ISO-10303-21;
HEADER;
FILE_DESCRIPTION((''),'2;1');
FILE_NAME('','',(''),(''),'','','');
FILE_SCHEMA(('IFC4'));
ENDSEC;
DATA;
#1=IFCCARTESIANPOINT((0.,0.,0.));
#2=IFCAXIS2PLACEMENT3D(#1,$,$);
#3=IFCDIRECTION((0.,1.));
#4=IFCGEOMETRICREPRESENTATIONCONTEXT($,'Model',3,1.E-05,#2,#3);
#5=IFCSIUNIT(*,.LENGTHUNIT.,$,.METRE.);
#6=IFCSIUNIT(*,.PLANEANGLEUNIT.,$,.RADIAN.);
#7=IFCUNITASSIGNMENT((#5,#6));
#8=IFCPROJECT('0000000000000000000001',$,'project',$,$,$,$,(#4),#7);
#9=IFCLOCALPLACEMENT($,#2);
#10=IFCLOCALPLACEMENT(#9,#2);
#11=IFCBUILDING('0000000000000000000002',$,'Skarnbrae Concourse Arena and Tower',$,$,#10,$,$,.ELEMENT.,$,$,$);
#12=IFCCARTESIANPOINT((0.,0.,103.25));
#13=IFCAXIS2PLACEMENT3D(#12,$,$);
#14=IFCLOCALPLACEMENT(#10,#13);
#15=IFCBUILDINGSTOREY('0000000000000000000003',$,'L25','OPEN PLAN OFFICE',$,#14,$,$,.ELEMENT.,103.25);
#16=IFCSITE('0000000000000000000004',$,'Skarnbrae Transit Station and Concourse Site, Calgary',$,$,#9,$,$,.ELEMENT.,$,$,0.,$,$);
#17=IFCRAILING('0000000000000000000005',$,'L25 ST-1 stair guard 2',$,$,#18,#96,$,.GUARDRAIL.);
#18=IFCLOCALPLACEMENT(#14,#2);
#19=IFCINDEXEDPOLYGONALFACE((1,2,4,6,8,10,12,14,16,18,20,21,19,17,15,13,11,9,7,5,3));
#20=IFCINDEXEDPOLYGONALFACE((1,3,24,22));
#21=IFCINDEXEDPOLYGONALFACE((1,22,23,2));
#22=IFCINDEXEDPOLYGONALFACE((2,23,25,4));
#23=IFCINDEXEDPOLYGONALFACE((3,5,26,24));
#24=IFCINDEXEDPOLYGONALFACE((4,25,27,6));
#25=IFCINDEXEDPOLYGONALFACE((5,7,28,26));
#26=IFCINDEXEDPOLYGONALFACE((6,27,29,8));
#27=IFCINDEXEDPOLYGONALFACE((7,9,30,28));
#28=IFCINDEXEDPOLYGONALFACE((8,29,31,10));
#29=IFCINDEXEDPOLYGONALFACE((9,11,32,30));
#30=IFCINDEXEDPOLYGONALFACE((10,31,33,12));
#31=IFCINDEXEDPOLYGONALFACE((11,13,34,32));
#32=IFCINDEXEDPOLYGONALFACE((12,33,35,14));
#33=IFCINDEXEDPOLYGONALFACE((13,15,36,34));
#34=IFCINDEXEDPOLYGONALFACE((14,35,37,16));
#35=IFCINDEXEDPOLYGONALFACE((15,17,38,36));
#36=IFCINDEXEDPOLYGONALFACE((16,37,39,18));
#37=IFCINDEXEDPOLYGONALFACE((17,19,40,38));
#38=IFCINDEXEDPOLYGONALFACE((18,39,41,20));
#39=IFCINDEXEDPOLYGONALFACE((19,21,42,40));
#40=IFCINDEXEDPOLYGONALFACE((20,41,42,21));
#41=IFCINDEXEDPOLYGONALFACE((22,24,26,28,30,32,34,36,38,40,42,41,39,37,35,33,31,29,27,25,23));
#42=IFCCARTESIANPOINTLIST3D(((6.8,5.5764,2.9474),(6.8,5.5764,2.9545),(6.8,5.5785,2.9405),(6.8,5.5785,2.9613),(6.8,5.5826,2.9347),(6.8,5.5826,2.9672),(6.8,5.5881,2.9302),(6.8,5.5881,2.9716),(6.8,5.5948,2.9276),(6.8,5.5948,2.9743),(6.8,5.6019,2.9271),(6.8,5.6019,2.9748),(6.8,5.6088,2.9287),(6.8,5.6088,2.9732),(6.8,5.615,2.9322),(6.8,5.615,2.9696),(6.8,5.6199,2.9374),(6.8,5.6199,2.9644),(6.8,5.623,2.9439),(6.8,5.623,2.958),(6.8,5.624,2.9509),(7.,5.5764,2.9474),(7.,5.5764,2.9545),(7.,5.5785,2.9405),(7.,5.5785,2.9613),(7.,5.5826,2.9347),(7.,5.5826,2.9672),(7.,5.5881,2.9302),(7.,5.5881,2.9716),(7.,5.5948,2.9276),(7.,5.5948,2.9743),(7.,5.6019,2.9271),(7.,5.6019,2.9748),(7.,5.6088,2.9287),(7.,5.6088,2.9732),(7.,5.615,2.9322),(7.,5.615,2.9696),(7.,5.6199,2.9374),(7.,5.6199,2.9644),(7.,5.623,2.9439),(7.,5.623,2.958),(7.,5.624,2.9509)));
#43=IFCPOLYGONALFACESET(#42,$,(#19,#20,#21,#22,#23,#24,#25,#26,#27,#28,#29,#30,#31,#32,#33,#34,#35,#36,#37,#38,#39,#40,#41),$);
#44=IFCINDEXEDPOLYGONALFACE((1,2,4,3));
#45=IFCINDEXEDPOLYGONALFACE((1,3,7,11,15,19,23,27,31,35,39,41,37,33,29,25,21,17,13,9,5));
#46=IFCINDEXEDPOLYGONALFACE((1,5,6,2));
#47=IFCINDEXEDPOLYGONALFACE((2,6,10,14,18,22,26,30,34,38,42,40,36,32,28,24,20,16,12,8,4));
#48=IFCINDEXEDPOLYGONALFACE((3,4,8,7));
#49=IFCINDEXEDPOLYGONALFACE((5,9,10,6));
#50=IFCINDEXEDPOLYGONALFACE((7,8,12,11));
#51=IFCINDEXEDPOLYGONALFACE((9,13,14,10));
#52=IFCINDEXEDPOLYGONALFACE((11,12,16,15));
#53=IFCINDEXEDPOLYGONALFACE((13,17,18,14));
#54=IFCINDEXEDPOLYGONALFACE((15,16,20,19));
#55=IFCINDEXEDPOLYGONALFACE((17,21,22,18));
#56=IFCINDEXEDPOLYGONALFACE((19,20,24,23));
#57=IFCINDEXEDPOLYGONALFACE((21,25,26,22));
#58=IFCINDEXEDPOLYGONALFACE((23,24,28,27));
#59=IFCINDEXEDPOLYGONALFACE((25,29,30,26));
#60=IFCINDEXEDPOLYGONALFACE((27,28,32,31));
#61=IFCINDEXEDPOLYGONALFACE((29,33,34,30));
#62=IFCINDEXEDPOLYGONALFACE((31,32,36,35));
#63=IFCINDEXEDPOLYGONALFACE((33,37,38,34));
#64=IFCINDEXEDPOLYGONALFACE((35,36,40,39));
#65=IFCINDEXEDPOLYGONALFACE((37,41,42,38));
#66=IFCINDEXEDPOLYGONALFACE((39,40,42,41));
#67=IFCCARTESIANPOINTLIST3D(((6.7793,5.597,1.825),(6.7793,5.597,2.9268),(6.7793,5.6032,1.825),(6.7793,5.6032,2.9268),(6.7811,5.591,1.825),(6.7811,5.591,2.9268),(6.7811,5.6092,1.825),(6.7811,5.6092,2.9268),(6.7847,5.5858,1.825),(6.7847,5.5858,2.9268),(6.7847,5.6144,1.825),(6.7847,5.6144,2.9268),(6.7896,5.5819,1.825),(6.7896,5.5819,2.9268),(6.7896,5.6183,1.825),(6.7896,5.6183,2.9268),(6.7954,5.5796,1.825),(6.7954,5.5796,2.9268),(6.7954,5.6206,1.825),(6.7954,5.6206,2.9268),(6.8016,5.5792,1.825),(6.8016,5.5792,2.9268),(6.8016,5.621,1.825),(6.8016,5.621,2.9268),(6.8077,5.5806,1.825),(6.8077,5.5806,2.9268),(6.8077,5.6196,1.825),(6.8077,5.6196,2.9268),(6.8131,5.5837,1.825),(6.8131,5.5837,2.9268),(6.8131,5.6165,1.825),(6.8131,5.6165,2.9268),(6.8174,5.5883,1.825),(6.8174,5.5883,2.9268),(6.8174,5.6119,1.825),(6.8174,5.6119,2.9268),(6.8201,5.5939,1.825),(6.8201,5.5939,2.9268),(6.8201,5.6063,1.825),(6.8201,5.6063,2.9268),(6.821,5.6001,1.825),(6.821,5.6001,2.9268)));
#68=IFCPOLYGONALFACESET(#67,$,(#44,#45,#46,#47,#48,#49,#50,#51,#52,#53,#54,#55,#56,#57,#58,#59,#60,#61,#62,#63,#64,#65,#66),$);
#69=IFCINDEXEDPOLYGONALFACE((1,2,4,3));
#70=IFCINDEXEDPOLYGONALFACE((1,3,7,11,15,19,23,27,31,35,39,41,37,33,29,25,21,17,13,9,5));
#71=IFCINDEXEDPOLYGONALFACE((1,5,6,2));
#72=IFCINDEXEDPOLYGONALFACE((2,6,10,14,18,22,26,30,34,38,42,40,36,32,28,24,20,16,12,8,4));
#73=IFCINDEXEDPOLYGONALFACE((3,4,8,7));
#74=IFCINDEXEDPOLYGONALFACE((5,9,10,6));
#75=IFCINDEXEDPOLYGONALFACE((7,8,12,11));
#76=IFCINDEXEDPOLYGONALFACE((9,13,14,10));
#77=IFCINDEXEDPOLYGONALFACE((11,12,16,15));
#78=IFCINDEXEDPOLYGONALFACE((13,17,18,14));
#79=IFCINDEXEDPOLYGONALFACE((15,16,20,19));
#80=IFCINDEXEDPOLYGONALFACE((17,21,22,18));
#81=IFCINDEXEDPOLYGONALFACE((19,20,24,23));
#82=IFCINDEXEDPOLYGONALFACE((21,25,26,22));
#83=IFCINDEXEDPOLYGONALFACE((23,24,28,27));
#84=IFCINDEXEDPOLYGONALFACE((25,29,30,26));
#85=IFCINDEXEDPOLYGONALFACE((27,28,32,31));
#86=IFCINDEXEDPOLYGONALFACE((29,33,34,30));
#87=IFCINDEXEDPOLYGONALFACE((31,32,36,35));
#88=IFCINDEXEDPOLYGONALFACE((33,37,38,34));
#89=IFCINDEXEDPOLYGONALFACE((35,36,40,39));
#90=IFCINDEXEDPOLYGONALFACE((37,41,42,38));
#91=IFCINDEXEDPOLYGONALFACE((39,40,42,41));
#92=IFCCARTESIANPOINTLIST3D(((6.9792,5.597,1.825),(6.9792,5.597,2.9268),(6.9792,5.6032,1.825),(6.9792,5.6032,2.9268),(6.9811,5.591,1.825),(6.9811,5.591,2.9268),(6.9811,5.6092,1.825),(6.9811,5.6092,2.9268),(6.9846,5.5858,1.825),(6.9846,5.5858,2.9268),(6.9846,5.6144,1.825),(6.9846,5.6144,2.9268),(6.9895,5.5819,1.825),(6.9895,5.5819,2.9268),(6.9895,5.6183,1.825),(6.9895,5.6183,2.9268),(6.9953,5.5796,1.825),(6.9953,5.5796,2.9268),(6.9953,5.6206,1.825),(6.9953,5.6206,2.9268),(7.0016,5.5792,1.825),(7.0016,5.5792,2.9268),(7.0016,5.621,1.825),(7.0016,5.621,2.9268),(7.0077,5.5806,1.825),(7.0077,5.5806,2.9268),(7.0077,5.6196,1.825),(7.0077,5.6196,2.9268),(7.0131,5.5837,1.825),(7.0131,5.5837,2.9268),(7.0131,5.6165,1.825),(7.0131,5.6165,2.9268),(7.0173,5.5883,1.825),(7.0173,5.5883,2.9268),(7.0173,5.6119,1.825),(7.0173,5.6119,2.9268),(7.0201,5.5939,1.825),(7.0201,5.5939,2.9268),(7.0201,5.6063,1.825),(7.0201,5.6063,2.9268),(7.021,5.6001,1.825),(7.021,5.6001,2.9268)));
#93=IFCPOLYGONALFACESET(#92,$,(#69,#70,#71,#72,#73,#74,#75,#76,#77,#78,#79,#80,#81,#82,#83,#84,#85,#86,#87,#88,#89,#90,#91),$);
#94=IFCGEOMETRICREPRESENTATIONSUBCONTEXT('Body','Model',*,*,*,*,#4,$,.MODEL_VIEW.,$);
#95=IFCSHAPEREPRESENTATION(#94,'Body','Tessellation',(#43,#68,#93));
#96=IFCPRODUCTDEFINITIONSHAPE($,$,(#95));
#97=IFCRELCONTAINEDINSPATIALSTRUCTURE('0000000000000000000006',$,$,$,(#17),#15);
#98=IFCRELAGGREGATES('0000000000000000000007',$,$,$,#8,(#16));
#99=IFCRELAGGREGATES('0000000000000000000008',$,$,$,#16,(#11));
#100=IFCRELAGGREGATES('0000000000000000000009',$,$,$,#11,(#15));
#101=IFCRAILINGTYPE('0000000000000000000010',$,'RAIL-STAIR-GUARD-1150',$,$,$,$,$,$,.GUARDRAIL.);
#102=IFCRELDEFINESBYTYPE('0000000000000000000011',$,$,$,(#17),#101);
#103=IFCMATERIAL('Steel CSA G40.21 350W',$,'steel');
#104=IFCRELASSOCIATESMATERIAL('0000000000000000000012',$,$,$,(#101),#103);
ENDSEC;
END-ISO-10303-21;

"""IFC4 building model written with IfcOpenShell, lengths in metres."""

from ifc_helpers import new_model, si_unit, direction, frame, origin, origin_2d, place, context, subcontext, project, spatial, circle, extrude, material, type_object, element, save


model = new_model("IFC4")

# Units and contexts
model_context = context("Model", 3, precision=1e-05, world=origin(), true_north=direction((0.0, 1.0)))
body_context = subcontext(model_context, "Body", "Model", "MODEL_VIEW")
ifc_project = project(units=[si_unit("LENGTHUNIT", "METRE"), si_unit("PLANEANGLEUNIT", "RADIAN")], contexts=[model_context])

# Site, building, storey
site_placement = place(None, origin())
site = spatial("IfcSite", under=ifc_project, at=site_placement, Name="Skarnbrae Transit Station and Concourse Site, Calgary", CompositionType="ELEMENT", RefElevation=0.0)
building_placement = place(site_placement, origin())
building = spatial("IfcBuilding", under=site, at=building_placement, Name="Skarnbrae Concourse Arena and Tower", CompositionType="ELEMENT")
storey_placement = place(building_placement, frame((0.0, 0.0, 103.25)))
storey = spatial("IfcBuildingStorey", under=building, at=storey_placement, Name="L25", Description="OPEN PLAN OFFICE", CompositionType="ELEMENT", Elevation=103.25)

# Shared definitions
ifc_material_1 = material(Name="Steel CSA G40.21 350W", Category="steel")

# Railing
railing_type_1 = type_object("IfcRailingType", Name="RAIL-STAIR-GUARD-1150", PredefinedType="GUARDRAIL", material=ifc_material_1)
railing_1_placement = place(storey_placement, frame((6.8, 5.6001, 1.825)))
element("IfcRailing", 1, at=railing_1_placement, inside=storey, type_object=railing_type_1, Name="L25 ST-1 stair guard 2", PredefinedType="GUARDRAIL", context=body_context, shape_type="SweptSolid", body=[
    extrude(circle(Radius=0.0239, at=origin_2d()), frame((0.0, 0.0, 1.126), z_axis=(1.0, 0.0, 0.0), x_axis=(0.0, 1.0, 0.0)), (0.0, 0.0, 1.0), 0.2),
    extrude(circle(Radius=0.021, at=origin_2d()), origin(), (0.0, 0.0, 1.0), 1.1018),
    extrude(circle(Radius=0.021, at=origin_2d()), frame((0.2, 0.0, 0.0)), (0.0, 0.0, 1.0), 1.1018),
])

save(model, "model.ifc")
